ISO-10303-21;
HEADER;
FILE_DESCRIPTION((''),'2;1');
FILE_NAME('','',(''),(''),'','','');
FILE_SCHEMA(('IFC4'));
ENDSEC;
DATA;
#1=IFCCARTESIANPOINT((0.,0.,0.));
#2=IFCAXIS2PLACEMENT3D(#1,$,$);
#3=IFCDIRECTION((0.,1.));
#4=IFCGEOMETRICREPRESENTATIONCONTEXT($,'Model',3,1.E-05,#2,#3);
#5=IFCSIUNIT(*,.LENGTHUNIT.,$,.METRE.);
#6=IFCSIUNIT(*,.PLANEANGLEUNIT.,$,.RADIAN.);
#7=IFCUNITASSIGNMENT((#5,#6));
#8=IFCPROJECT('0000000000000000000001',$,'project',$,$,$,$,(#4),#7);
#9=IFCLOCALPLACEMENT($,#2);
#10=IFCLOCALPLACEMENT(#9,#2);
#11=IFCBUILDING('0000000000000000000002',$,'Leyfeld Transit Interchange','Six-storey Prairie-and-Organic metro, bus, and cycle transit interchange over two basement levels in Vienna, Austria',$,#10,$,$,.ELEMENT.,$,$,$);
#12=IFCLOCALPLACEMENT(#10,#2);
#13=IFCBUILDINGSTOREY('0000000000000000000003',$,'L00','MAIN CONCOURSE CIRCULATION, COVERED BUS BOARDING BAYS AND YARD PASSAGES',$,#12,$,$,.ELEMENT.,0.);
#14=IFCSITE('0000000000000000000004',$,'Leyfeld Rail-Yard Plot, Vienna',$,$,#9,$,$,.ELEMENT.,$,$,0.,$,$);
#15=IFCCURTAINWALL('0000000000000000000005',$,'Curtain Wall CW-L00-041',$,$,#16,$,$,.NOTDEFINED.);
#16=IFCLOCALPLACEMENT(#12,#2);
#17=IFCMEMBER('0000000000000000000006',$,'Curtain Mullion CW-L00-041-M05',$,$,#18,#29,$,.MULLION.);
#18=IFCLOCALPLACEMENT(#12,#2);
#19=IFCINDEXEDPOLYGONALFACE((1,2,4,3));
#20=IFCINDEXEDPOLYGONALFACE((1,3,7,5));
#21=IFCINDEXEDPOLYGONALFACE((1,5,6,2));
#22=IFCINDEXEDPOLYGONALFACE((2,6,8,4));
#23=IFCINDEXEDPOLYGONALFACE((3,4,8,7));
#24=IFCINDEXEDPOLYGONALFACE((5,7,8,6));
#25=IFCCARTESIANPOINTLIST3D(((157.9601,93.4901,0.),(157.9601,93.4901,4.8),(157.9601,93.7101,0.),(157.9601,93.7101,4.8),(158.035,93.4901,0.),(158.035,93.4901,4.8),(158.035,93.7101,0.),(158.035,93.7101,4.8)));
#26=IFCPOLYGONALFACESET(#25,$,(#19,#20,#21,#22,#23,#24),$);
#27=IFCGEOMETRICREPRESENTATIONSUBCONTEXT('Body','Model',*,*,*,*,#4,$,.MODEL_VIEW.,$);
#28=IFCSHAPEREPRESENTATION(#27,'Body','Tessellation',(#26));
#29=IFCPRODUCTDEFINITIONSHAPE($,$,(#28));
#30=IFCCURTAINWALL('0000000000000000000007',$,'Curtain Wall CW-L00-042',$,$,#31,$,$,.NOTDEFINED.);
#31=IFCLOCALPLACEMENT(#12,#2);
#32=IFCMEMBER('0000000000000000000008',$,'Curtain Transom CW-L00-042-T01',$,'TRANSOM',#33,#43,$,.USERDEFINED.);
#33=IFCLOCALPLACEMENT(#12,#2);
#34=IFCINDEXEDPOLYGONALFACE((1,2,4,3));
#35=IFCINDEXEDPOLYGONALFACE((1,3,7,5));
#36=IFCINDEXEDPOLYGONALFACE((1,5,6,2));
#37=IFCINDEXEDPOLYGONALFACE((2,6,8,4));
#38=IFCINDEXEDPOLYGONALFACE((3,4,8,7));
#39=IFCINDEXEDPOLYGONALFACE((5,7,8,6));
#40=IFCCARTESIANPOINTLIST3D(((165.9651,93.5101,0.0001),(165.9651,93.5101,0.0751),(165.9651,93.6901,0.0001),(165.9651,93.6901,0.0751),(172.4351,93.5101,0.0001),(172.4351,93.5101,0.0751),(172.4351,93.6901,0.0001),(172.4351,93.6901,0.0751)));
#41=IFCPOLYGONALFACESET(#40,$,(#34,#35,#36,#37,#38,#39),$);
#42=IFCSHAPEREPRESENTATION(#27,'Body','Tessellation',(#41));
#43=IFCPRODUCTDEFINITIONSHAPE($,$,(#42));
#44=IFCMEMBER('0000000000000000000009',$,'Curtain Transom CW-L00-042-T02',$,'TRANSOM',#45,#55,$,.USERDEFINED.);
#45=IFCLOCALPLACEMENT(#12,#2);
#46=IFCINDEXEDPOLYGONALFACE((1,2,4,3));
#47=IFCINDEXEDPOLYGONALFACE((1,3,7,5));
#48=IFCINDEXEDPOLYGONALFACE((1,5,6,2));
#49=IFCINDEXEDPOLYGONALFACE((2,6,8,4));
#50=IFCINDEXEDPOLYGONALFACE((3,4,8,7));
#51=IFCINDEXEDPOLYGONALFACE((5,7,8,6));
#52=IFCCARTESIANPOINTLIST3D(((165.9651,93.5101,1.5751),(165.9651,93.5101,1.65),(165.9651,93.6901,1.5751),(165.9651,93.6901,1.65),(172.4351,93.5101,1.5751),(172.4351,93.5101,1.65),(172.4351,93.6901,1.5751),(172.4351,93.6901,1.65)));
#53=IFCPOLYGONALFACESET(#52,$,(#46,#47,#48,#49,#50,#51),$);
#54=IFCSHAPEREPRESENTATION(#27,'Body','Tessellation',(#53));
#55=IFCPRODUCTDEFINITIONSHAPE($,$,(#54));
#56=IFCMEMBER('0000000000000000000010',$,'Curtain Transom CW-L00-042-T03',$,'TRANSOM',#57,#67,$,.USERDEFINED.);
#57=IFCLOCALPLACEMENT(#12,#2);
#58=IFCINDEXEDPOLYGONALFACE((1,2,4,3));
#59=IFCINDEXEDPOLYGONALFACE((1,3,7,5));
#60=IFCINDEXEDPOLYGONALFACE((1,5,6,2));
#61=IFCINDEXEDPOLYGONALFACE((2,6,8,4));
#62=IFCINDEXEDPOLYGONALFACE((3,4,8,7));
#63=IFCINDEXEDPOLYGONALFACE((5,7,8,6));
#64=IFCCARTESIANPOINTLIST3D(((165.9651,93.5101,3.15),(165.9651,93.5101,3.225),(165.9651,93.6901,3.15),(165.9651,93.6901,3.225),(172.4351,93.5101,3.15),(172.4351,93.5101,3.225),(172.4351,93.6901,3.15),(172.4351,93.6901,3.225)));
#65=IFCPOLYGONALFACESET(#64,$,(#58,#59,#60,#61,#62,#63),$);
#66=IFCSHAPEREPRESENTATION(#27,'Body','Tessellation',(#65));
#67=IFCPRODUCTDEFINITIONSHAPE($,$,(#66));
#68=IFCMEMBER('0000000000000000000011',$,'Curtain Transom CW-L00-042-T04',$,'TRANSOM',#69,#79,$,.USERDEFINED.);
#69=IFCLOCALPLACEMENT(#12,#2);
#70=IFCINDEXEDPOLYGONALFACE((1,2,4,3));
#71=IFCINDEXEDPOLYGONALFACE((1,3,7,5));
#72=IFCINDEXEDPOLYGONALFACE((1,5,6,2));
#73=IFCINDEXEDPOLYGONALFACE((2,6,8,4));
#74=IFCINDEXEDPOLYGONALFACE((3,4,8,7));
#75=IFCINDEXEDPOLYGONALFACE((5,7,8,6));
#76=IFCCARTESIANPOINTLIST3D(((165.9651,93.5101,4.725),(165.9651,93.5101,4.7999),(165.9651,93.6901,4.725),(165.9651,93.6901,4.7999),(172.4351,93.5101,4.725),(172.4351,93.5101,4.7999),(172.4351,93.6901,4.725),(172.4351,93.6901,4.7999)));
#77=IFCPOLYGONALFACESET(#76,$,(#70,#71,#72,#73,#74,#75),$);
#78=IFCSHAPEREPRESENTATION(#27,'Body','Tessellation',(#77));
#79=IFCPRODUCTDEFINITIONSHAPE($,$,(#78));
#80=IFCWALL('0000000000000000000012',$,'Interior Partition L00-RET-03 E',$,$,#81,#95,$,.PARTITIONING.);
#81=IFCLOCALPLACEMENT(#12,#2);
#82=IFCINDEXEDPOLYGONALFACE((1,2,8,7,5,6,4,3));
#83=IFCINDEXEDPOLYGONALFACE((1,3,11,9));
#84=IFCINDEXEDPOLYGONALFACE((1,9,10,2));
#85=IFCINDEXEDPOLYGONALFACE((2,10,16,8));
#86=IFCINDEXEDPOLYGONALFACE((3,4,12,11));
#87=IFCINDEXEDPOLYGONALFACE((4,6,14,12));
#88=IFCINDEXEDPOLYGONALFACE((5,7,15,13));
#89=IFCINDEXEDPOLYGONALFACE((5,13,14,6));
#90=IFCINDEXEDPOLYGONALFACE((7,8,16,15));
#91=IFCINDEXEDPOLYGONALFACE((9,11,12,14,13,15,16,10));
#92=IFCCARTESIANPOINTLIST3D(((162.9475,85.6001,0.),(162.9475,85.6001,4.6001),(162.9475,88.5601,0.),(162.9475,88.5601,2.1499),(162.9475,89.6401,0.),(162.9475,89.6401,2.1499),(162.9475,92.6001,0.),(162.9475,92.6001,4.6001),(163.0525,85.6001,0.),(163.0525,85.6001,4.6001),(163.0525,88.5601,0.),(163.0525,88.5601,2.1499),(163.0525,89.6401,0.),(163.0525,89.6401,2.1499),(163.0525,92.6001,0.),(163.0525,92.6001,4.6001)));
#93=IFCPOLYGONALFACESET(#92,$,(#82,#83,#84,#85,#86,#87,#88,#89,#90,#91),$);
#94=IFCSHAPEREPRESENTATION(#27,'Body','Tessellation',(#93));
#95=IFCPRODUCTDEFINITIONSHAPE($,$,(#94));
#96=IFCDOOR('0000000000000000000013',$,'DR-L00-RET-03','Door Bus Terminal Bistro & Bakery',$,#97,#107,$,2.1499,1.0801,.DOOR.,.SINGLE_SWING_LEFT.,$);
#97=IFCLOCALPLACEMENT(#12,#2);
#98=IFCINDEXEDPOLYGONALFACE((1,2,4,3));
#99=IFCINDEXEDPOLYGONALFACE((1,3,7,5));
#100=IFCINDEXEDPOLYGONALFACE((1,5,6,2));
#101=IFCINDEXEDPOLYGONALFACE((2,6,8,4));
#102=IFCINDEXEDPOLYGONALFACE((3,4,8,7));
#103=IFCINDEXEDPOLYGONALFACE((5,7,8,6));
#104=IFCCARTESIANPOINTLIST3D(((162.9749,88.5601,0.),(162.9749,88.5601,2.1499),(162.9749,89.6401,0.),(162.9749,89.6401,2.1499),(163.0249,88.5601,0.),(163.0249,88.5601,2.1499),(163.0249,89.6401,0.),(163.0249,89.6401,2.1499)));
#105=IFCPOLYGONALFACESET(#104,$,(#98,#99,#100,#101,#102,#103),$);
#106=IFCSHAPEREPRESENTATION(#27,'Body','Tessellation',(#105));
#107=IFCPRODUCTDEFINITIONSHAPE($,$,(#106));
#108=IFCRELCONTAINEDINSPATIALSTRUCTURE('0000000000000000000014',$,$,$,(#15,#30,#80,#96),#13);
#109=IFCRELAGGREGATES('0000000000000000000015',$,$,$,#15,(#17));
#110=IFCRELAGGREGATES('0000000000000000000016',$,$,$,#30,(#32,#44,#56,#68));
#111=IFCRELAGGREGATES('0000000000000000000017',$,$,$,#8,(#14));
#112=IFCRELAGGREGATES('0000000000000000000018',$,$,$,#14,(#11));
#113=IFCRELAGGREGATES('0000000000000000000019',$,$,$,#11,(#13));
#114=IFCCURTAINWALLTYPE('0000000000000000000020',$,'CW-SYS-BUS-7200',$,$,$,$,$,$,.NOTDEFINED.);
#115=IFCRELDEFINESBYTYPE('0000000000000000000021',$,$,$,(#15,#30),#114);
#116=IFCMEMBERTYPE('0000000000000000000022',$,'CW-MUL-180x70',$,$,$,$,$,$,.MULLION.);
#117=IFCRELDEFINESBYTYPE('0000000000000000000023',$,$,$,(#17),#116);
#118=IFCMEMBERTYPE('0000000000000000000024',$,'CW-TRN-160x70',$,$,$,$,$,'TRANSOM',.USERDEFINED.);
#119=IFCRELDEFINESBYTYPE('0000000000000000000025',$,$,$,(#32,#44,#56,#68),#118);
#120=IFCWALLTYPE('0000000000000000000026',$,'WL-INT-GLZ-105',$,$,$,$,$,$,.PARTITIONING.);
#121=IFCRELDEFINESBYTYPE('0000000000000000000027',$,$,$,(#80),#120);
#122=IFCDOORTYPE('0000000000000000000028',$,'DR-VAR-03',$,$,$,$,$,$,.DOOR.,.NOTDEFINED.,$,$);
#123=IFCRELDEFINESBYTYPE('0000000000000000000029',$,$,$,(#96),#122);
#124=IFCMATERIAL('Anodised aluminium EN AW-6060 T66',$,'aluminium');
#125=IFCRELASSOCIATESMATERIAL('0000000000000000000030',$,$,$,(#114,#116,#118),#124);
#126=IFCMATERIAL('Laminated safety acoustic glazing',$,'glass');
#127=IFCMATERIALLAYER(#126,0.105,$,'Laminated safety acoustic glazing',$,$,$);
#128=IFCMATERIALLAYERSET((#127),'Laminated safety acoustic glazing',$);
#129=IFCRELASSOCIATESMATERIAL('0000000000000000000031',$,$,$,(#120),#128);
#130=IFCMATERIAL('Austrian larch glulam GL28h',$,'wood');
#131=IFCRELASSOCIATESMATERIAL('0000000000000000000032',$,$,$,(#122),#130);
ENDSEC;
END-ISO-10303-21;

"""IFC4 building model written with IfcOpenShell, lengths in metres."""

from ifc_helpers import new_model, si_unit, direction, frame, frame_2d, origin, origin_2d, place, context, subcontext, project, spatial, rectangle, extrude, material, layer, layer_set, material_profile, profile_set, type_object, element, fill, aggregate, save


model = new_model("IFC4")

# Units and contexts
model_context = context("Model", 3, precision=1e-05, world=origin(), true_north=direction((0.0, 1.0)))
body_context = subcontext(model_context, "Body", "Model", "MODEL_VIEW")
ifc_project = project(units=[si_unit("LENGTHUNIT", "METRE"), si_unit("PLANEANGLEUNIT", "RADIAN")], contexts=[model_context])

# Site, building, storey
site_placement = place(None, origin())
site = spatial("IfcSite", under=ifc_project, at=site_placement, Name="Leyfeld Rail-Yard Plot, Vienna", CompositionType="ELEMENT", RefElevation=0.0)
building_placement = place(site_placement, origin())
building = spatial("IfcBuilding", under=site, at=building_placement, Name="Leyfeld Transit Interchange", Description="Six-storey Prairie-and-Organic metro, bus, and cycle transit interchange over two basement levels in Vienna, Austria", CompositionType="ELEMENT")
storey_placement = place(building_placement, origin())
storey = spatial("IfcBuildingStorey", under=building, at=storey_placement, Name="L00", Description="MAIN CONCOURSE CIRCULATION, COVERED BUS BOARDING BAYS AND YARD PASSAGES", CompositionType="ELEMENT", Elevation=0.0)

# Curtain wall, member
ifc_material_1 = material(Name="Anodised aluminium EN AW-6060 T66", Category="aluminium")
curtain_wall_type = type_object("IfcCurtainWallType", Name="CW-SYS-BUS-7200", PredefinedType="NOTDEFINED", material=ifc_material_1)
curtain_wall_1_placement = place(storey_placement, origin())
curtain_wall_1 = element("IfcCurtainWall", 1, at=curtain_wall_1_placement, inside=storey, type_object=curtain_wall_type, Name="Curtain Wall CW-L00-041", PredefinedType="NOTDEFINED")
ifc_material_profile_1 = material_profile(ifc_material_1, rectangle(XDim=0.075, YDim=0.22, at=origin_2d()), Name="CW-M 75x220")
ifc_profile_set_1 = profile_set([ifc_material_profile_1], Name="Anodised aluminium EN AW-6060 T66")
member_type_1 = type_object("IfcMemberType", Name="CW-MUL-180x70", PredefinedType="MULLION", material=ifc_profile_set_1)
member_1_placement = place(storey_placement, frame((157.9976, 93.6001, 0.0), z_axis=(0.0, 0.0, 1.0), x_axis=(1.0, 0.0, 0.0)))
member_1 = element("IfcMember", 2, at=member_1_placement, type_object=member_type_1, Name="Curtain Mullion CW-L00-041-M05", PredefinedType="MULLION", context=body_context, shape_type="SweptSolid", body=[
    extrude(rectangle(XDim=0.075, YDim=0.22, at=origin_2d()), origin(), (0.0, 0.0, 1.0), 4.8),
])
aggregate(curtain_wall_1, [member_1])

# Curtain wall, members
curtain_wall_2_placement = place(storey_placement, origin())
curtain_wall_2 = element("IfcCurtainWall", 3, at=curtain_wall_2_placement, inside=storey, type_object=curtain_wall_type, Name="Curtain Wall CW-L00-042", PredefinedType="NOTDEFINED")
ifc_material_profile_2 = material_profile(ifc_material_1, rectangle(XDim=0.1799, YDim=0.075, at=origin_2d()), Name="CW-TRN-160x70")
ifc_profile_set_2 = profile_set([ifc_material_profile_2], Name="Anodised aluminium EN AW-6060 T66")
member_type_2 = type_object("IfcMemberType", Name="CW-TRN-160x70", ElementType="TRANSOM", PredefinedType="USERDEFINED", material=ifc_profile_set_2)
member_2_placement = place(storey_placement, frame((165.9651, 93.6001, 0.0376), z_axis=(1.0, 0.0, 0.0), x_axis=(0.0, 1.0, 0.0)))
member_2 = element("IfcMember", 4, at=member_2_placement, type_object=member_type_2, Name="Curtain Transom CW-L00-042-T01", ObjectType="TRANSOM", PredefinedType="USERDEFINED", context=body_context, shape_type="SweptSolid", body=[
    extrude(rectangle(XDim=0.1799, YDim=0.075, at=origin_2d()), origin(), (0.0, 0.0, 1.0), 6.47),
])
member_3_placement = place(storey_placement, frame((165.9651, 93.6001, 1.6125), z_axis=(1.0, 0.0, 0.0), x_axis=(0.0, 1.0, 0.0)))
member_3 = element("IfcMember", 5, at=member_3_placement, type_object=member_type_2, Name="Curtain Transom CW-L00-042-T02", ObjectType="TRANSOM", PredefinedType="USERDEFINED", context=body_context, shape_type="SweptSolid", body=[
    extrude(rectangle(XDim=0.1799, YDim=0.075, at=origin_2d()), origin(), (0.0, 0.0, 1.0), 6.47),
])
member_4_placement = place(storey_placement, frame((165.9651, 93.6001, 3.1875), z_axis=(1.0, 0.0, 0.0), x_axis=(0.0, 1.0, 0.0)))
member_4 = element("IfcMember", 6, at=member_4_placement, type_object=member_type_2, Name="Curtain Transom CW-L00-042-T03", ObjectType="TRANSOM", PredefinedType="USERDEFINED", context=body_context, shape_type="SweptSolid", body=[
    extrude(rectangle(XDim=0.1799, YDim=0.075, at=origin_2d()), origin(), (0.0, 0.0, 1.0), 6.47),
])
member_5_placement = place(storey_placement, frame((165.9651, 93.6001, 4.7625), z_axis=(1.0, 0.0, 0.0), x_axis=(0.0, 1.0, 0.0)))
member_5 = element("IfcMember", 7, at=member_5_placement, type_object=member_type_2, Name="Curtain Transom CW-L00-042-T04", ObjectType="TRANSOM", PredefinedType="USERDEFINED", context=body_context, shape_type="SweptSolid", body=[
    extrude(rectangle(XDim=0.1799, YDim=0.075, at=origin_2d()), origin(), (0.0, 0.0, 1.0), 6.47),
])
aggregate(curtain_wall_2, [member_2, member_3, member_4, member_5])

# Wall, opening, door
ifc_material_2 = material(Name="Laminated safety acoustic glazing", Category="glass")
ifc_layer_1 = layer(ifc_material_2, 0.105, Name="Laminated safety acoustic glazing")
ifc_layer_set_1 = layer_set([ifc_layer_1], Name="Laminated safety acoustic glazing")
wall_type_1 = type_object("IfcWallType", Name="WL-INT-GLZ-105", PredefinedType="PARTITIONING", material=ifc_layer_set_1)
wall_1_placement = place(storey_placement, frame((163.0, 92.6001, 0.0), z_axis=(0.0, 0.0, 1.0), x_axis=(0.0, -1.0, 0.0)))
wall_1 = element("IfcWall", 8, at=wall_1_placement, inside=storey, type_object=wall_type_1, Name="Interior Partition L00-RET-03 E", PredefinedType="PARTITIONING", context=body_context, shape_type="SweptSolid", body=[
    extrude(rectangle(XDim=7.0, YDim=0.105, at=frame_2d((3.5, 0.0))), origin(), (0.0, 0.0, 1.0), 4.6001),
])
opening_1_placement = place(wall_1_placement, frame((2.96, 0.0, 0.0)))
opening_1 = element("IfcOpeningElement", 9, at=opening_1_placement, cuts=wall_1, PredefinedType="OPENING", context=body_context, shape_type="SweptSolid", body=[
    extrude(rectangle(XDim=1.0801, YDim=2.1499, at=frame_2d((0.54, 1.075))), frame((0.0, 0.0625, 0.0), z_axis=(0.0, -1.0, 0.0), x_axis=(1.0, 0.0, 0.0)), (0.0, 0.0, 1.0), 0.125),
])
ifc_material_3 = material(Name="Austrian larch glulam GL28h", Category="wood")
door_type_1 = type_object("IfcDoorType", Name="DR-VAR-03", OperationType="NOTDEFINED", PredefinedType="DOOR", material=ifc_material_3)
door_1_placement = place(opening_1_placement, origin())
door_1 = element("IfcDoor", 10, at=door_1_placement, inside=storey, type_object=door_type_1, Name="DR-L00-RET-03", Description="Door Bus Terminal Bistro & Bakery", OperationType="SINGLE_SWING_LEFT", OverallHeight=2.1499, OverallWidth=1.0801, PredefinedType="DOOR", context=body_context, shape_type="SweptSolid", body=[
    extrude(rectangle(XDim=1.0801, YDim=2.1499, at=frame_2d((0.54, 1.075))), frame((0.0, 0.0249, 0.0), z_axis=(0.0, -1.0, 0.0), x_axis=(1.0, 0.0, 0.0)), (0.0, 0.0, 1.0), 0.05),
])
fill(opening_1, door_1)

save(model, "model.ifc")
